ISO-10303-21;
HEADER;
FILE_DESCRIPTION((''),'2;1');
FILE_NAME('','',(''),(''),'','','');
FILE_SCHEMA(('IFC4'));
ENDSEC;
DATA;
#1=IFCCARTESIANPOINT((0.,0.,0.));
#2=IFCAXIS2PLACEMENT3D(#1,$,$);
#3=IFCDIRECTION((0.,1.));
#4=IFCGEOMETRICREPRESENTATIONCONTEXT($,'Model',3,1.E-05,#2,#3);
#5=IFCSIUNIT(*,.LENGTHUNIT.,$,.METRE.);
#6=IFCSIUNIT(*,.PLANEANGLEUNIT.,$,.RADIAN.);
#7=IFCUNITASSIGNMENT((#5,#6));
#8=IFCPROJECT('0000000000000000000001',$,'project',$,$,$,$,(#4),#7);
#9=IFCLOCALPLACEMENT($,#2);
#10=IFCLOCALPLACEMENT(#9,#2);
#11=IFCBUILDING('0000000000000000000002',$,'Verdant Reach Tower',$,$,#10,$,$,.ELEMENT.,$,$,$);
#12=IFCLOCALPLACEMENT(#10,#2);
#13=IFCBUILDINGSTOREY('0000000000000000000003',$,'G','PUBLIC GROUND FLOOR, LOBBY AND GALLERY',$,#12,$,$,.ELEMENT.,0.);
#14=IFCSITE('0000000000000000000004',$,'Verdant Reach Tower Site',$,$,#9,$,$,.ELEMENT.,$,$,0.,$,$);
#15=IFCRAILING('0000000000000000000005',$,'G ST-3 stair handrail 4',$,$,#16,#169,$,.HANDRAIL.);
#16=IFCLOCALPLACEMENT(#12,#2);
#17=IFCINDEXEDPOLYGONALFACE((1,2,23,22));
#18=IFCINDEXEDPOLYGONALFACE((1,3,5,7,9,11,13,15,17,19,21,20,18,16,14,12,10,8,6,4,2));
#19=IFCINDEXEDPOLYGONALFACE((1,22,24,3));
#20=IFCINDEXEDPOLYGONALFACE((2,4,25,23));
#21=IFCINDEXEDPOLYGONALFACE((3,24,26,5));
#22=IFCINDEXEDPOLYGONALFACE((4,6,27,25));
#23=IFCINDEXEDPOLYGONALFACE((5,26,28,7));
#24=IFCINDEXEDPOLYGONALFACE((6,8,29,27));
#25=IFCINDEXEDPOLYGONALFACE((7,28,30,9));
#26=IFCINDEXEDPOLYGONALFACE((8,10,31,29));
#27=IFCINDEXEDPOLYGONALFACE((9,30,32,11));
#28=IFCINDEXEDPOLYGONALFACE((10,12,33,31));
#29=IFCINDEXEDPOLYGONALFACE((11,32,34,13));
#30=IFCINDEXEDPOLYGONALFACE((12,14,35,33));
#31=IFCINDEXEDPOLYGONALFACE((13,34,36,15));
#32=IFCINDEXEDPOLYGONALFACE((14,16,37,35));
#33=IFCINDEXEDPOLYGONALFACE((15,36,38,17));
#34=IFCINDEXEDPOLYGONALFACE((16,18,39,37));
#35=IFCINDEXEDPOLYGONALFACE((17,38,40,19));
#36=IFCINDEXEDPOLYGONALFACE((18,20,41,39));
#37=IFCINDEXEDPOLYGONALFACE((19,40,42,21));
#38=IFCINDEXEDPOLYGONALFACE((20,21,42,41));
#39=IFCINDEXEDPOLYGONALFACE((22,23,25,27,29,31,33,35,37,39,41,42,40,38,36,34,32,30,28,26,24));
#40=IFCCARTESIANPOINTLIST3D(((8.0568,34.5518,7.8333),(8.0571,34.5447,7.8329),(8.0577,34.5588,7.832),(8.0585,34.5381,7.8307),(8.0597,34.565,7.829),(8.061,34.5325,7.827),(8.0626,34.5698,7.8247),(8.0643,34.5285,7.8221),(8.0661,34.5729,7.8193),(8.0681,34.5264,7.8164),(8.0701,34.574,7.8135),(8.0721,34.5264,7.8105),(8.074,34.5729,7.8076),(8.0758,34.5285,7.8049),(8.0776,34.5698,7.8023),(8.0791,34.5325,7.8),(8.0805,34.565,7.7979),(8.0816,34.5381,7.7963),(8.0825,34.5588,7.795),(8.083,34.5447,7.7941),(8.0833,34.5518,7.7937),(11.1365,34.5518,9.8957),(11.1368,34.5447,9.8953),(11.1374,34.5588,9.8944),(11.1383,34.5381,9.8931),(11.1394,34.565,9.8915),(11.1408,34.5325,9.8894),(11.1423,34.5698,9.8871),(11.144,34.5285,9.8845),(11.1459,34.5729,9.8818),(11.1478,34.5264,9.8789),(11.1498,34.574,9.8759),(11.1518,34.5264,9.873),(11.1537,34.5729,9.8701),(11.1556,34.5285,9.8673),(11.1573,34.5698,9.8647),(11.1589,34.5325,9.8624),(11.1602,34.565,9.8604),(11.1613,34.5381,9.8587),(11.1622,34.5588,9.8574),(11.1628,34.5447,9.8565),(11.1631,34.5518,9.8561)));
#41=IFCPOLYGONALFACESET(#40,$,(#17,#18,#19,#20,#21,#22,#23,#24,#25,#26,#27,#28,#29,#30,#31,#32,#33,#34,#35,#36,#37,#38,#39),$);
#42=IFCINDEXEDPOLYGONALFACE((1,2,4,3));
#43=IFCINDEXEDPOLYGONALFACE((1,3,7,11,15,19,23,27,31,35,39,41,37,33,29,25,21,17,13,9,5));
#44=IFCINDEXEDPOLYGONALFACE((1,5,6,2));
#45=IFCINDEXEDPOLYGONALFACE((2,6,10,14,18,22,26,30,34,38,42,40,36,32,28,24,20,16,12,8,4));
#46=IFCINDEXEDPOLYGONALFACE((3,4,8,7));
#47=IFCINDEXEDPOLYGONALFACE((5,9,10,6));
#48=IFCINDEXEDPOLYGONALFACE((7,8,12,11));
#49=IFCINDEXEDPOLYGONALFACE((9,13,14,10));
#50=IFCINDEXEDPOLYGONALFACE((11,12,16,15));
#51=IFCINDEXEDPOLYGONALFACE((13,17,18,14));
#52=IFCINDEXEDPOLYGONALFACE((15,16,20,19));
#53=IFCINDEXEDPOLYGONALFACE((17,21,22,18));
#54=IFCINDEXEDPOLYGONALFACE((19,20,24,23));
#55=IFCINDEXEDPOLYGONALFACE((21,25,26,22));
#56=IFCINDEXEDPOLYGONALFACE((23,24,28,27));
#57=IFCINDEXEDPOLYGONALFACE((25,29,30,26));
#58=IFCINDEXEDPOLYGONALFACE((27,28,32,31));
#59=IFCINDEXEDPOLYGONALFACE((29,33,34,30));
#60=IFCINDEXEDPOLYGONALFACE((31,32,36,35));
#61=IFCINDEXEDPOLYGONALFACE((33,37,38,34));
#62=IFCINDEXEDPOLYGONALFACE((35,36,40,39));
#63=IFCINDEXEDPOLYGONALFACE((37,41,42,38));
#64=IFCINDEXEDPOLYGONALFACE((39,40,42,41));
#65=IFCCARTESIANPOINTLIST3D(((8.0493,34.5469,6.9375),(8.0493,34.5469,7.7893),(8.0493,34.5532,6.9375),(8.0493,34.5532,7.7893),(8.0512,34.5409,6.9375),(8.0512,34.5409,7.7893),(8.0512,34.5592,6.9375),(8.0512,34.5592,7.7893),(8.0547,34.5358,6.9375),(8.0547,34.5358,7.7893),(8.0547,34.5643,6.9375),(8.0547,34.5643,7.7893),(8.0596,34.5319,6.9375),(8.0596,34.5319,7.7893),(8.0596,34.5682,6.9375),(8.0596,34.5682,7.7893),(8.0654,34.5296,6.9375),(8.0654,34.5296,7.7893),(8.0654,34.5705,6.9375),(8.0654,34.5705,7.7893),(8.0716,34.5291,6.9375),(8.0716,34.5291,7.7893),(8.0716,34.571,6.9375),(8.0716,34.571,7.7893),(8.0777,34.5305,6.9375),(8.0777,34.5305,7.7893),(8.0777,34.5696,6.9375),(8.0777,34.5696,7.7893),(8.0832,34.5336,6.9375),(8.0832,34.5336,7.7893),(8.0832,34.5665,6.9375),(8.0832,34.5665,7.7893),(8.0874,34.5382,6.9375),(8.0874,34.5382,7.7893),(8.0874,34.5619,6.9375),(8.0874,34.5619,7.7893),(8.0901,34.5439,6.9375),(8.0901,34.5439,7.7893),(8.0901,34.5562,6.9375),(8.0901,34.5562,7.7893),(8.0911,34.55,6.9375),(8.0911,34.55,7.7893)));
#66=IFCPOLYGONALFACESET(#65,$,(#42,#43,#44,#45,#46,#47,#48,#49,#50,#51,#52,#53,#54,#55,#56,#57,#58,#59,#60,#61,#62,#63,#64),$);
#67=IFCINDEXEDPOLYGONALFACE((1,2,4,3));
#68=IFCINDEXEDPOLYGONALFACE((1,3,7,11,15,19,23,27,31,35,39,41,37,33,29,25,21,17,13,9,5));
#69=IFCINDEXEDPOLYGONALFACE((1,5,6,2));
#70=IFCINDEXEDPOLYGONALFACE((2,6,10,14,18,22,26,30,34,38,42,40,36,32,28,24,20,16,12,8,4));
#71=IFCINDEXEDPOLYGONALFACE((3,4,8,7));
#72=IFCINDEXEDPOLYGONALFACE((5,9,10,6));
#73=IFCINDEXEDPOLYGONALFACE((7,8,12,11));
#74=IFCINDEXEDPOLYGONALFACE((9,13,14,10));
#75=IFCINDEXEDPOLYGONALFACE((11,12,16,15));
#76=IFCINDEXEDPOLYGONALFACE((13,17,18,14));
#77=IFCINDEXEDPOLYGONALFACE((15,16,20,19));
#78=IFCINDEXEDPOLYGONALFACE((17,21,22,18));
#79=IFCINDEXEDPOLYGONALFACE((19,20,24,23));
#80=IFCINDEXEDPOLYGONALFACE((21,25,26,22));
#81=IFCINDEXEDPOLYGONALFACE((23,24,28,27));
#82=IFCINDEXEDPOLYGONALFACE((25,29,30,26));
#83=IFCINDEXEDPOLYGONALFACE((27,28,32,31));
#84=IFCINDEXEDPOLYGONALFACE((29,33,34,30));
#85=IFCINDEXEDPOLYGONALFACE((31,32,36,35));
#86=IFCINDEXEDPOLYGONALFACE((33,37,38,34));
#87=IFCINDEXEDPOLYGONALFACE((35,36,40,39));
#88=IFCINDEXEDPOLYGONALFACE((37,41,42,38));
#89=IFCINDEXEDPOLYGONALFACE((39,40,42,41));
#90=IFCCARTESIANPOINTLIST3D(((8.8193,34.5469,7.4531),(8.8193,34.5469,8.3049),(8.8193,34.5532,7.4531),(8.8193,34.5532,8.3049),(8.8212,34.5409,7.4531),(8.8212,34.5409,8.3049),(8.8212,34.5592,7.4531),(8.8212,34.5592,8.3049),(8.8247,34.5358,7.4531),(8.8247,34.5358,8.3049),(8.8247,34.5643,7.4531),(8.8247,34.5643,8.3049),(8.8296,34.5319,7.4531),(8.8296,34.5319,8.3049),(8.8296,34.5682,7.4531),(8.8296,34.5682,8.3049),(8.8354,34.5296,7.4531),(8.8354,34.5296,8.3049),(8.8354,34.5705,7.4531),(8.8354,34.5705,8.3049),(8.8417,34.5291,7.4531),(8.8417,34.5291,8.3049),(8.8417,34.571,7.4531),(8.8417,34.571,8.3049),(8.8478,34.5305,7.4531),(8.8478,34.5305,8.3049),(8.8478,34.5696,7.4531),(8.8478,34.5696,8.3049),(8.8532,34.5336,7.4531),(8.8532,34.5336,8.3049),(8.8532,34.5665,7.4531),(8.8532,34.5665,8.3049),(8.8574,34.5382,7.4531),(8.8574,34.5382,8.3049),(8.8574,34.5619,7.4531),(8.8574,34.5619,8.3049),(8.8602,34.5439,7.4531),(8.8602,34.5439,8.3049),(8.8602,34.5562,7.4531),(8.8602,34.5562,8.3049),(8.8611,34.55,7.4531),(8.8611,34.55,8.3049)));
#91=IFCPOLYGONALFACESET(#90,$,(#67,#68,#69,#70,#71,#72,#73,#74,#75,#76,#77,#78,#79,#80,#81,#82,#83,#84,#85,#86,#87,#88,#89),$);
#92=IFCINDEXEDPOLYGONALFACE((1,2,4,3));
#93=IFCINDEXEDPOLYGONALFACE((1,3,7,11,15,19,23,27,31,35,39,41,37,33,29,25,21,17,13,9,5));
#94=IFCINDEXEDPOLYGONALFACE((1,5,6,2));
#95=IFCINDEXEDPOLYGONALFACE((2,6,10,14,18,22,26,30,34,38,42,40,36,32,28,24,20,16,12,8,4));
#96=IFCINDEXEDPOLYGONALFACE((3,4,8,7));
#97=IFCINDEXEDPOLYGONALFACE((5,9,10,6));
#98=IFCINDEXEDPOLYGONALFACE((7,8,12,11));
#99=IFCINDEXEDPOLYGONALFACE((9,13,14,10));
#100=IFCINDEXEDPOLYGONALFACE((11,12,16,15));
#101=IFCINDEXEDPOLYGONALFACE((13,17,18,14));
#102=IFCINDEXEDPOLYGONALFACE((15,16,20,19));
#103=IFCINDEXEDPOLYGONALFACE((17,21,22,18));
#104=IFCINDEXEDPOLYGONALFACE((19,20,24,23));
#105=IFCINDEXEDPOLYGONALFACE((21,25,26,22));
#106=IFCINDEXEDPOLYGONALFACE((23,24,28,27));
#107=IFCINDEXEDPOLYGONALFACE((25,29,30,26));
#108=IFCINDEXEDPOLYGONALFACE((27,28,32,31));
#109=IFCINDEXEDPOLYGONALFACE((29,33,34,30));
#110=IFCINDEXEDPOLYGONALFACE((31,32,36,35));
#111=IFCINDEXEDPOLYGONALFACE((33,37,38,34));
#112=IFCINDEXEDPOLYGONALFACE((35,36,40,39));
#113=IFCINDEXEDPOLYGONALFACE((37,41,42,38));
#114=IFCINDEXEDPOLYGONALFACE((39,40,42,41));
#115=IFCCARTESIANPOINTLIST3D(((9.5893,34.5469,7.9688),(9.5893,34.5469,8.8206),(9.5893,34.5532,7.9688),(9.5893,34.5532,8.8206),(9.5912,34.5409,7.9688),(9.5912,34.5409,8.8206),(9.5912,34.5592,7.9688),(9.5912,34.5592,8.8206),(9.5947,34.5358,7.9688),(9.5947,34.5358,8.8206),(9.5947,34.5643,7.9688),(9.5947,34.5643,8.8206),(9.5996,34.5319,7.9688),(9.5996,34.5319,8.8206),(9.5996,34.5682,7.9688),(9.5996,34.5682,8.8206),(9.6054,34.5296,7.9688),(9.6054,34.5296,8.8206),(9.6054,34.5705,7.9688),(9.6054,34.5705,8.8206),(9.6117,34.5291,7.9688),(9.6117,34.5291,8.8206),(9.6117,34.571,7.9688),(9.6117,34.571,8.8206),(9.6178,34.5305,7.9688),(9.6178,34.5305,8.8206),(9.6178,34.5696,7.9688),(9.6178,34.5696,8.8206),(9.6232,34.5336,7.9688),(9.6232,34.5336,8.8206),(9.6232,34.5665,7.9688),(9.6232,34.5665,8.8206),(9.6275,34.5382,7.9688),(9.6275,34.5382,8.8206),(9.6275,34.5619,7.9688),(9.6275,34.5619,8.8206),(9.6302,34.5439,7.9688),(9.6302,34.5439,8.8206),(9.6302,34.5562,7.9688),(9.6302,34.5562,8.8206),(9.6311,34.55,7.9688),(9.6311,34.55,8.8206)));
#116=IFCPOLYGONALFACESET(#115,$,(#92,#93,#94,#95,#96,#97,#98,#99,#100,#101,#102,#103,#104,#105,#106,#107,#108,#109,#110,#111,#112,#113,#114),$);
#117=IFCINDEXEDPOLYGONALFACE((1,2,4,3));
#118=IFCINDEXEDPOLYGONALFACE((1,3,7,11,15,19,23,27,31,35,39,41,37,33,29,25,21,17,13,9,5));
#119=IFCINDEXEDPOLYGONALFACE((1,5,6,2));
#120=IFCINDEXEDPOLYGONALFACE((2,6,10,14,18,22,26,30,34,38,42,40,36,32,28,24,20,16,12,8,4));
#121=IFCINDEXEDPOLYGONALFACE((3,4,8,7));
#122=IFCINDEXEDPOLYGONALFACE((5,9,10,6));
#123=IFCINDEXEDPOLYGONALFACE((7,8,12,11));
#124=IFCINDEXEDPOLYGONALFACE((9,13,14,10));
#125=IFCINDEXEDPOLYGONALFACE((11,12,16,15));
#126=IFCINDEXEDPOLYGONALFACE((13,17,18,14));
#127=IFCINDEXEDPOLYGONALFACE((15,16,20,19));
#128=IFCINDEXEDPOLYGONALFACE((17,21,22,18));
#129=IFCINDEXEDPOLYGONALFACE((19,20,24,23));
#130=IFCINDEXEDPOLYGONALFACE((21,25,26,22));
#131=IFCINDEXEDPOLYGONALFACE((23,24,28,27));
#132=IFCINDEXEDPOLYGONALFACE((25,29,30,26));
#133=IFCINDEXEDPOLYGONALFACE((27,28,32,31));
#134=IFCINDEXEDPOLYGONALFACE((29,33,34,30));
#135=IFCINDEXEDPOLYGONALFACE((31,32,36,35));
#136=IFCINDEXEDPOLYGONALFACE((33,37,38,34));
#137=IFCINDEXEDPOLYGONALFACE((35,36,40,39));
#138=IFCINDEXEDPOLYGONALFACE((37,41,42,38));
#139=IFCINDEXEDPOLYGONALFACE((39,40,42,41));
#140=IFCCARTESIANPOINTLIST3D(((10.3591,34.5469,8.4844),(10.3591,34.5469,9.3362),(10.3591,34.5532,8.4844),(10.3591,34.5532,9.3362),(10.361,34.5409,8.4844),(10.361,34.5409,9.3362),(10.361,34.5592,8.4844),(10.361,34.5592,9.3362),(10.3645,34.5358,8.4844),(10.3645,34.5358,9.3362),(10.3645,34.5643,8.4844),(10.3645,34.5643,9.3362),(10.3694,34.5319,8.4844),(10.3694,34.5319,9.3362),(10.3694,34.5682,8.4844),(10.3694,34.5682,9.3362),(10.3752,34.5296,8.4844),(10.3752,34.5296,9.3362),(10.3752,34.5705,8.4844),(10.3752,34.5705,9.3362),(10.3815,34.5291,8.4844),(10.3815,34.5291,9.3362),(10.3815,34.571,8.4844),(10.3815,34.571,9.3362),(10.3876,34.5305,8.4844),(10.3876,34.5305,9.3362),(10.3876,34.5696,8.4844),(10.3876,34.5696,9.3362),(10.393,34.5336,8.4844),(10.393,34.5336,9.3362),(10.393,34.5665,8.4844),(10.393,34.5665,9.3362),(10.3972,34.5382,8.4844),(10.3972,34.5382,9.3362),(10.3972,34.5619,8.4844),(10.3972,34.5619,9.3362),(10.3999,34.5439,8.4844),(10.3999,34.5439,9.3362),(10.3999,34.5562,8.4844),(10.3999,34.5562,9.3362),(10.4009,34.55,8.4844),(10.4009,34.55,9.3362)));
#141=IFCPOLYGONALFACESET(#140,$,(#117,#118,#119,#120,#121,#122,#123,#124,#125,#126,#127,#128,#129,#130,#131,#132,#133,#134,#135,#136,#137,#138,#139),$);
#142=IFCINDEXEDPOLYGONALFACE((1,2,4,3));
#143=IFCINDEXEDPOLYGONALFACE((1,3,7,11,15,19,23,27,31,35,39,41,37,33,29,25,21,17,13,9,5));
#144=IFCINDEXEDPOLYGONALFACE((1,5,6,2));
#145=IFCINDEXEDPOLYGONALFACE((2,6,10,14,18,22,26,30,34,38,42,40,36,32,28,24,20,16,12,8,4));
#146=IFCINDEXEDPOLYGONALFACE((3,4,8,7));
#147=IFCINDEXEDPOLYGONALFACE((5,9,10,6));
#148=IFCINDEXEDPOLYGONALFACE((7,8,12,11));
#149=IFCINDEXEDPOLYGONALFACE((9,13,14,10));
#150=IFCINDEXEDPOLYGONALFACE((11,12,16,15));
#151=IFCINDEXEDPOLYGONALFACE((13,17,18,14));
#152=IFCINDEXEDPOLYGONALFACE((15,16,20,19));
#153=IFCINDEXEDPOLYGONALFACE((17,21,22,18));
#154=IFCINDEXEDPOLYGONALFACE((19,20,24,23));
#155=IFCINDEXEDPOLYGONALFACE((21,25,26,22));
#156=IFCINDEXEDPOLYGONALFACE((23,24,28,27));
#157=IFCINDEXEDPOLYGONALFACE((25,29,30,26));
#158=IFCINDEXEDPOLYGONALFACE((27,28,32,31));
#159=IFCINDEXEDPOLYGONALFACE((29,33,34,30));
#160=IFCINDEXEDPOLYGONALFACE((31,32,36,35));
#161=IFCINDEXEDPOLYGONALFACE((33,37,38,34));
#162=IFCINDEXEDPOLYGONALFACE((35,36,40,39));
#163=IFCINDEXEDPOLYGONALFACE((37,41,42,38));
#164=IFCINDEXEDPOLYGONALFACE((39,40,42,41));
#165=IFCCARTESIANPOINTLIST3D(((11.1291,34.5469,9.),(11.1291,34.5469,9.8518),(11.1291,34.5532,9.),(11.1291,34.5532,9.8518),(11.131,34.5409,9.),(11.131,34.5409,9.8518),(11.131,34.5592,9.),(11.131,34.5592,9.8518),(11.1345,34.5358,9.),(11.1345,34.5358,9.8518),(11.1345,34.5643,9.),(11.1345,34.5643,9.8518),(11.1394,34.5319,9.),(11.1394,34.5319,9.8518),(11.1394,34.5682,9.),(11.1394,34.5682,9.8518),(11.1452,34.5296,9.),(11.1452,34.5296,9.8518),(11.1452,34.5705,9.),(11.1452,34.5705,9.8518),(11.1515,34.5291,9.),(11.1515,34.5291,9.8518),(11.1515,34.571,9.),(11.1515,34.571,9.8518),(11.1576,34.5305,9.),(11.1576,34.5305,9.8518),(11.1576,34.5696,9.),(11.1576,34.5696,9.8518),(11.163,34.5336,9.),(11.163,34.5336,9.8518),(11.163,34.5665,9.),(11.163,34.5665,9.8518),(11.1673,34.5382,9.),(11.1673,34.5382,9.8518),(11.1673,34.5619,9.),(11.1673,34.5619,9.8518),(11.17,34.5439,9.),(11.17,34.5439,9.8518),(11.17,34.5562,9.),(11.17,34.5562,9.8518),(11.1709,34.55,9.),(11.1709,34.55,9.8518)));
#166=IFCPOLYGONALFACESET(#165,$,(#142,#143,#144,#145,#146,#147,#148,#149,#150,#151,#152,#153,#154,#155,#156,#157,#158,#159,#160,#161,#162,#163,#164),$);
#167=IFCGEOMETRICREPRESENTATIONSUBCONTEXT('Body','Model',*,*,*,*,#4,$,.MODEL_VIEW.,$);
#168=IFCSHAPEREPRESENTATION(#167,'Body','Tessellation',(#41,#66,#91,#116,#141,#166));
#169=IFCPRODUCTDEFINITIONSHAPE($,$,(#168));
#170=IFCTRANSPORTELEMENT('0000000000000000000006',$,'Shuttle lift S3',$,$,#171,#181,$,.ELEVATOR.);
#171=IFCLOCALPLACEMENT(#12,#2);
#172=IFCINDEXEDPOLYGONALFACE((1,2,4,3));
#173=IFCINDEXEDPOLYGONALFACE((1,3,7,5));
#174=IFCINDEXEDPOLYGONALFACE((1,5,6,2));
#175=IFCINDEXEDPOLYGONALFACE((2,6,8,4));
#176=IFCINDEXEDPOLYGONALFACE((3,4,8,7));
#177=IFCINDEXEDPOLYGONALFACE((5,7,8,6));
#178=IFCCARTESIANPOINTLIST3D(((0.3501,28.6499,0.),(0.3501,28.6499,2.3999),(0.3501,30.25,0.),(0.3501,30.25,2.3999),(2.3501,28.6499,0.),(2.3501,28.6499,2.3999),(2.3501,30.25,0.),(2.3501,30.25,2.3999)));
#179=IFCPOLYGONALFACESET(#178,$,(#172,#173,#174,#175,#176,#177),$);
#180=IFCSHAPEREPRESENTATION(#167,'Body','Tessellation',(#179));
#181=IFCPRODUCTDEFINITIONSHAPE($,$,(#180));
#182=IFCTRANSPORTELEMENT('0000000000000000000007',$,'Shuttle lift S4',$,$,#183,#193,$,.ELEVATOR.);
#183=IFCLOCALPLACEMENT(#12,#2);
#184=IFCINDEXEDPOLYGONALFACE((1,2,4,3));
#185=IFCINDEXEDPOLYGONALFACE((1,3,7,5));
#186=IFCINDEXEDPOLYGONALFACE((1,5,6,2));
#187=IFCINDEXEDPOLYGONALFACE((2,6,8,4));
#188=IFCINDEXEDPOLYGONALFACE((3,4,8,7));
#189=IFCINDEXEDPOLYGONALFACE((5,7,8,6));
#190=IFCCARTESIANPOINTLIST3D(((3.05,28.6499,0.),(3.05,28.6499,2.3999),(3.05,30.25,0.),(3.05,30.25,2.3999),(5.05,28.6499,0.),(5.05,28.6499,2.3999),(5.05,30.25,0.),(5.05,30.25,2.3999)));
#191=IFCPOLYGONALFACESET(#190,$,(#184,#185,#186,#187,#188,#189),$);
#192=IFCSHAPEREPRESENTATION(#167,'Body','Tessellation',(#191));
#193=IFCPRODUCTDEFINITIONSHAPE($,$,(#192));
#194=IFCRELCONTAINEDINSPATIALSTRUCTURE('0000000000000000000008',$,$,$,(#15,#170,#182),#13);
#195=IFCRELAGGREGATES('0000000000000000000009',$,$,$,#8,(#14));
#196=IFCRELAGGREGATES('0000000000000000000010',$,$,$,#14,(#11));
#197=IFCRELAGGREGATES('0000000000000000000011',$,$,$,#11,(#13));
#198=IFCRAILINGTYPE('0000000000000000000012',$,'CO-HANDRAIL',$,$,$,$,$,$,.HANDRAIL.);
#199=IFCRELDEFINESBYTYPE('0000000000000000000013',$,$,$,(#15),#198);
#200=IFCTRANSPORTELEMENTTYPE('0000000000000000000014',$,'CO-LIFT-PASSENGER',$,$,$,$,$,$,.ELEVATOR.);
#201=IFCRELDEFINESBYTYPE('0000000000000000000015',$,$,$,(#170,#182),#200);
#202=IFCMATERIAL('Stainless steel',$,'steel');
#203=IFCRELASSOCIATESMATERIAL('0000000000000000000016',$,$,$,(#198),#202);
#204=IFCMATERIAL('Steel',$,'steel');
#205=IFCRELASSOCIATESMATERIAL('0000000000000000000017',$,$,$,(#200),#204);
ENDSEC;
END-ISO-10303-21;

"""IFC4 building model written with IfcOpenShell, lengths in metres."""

from ifc_helpers import new_model, si_unit, direction, frame, origin, origin_2d, place, context, subcontext, project, spatial, rectangle, circle, extrude, material, type_object, element, save


model = new_model("IFC4")

# Units and contexts
model_context = context("Model", 3, precision=1e-05, world=origin(), true_north=direction((0.0, 1.0)))
body_context = subcontext(model_context, "Body", "Model", "MODEL_VIEW")
ifc_project = project(units=[si_unit("LENGTHUNIT", "METRE"), si_unit("PLANEANGLEUNIT", "RADIAN")], contexts=[model_context])

# Site, building, storey
site_placement = place(None, origin())
site = spatial("IfcSite", under=ifc_project, at=site_placement, Name="Verdant Reach Tower Site", CompositionType="ELEMENT", RefElevation=0.0)
building_placement = place(site_placement, origin())
building = spatial("IfcBuilding", under=site, at=building_placement, Name="Verdant Reach Tower", CompositionType="ELEMENT")
storey_placement = place(building_placement, origin())
storey = spatial("IfcBuildingStorey", under=building, at=storey_placement, Name="G", Description="PUBLIC GROUND FLOOR, LOBBY AND GALLERY", CompositionType="ELEMENT", Elevation=0.0)

# Shared definitions
ifc_material_1 = material(Name="Steel", Category="steel")

# Railing
ifc_material_2 = material(Name="Stainless steel", Category="steel")
railing_type_1 = type_object("IfcRailingType", Name="CO-HANDRAIL", PredefinedType="HANDRAIL", material=ifc_material_2)
for number, where, name in (
    (1, (8.0701, 34.55, 6.9375), "G ST-3 stair handrail 4"),
):
    element("IfcRailing", number, at=place(storey_placement, frame(where)), inside=storey, type_object=railing_type_1, Name=name, PredefinedType="HANDRAIL", context=body_context, shape_type="SweptSolid", body=[
        extrude(circle(Radius=0.0239, at=origin_2d()), frame((0.0, 0.0, 0.876), z_axis=(0.830893, 0.0, 0.556432), x_axis=(0.0, 1.0, 0.0)), (0.0, 0.0, 1.0), 3.7065),
        extrude(circle(Radius=0.021, at=origin_2d()), origin(), (0.0, 0.0, 1.0), 0.8518),
        extrude(circle(Radius=0.021, at=origin_2d()), frame((0.77, 0.0, 0.5156)), (0.0, 0.0, 1.0), 0.8518),
        extrude(circle(Radius=0.021, at=origin_2d()), frame((1.54, 0.0, 1.0312)), (0.0, 0.0, 1.0), 0.8518),
        extrude(circle(Radius=0.021, at=origin_2d()), frame((2.3098, 0.0, 1.5469)), (0.0, 0.0, 1.0), 0.8518),
        extrude(circle(Radius=0.021, at=origin_2d()), frame((3.0798, 0.0, 2.0625)), (0.0, 0.0, 1.0), 0.8518),
    ])

# Transport elements
transport_element_type = type_object("IfcTransportElementType", Name="CO-LIFT-PASSENGER", PredefinedType="ELEVATOR", material=ifc_material_1)
for number, where, z_axis, x_axis, name in (
    (2, (1.3501, 29.45, 0.0), (0.0, 0.0, 1.0), (1.0, 0.0, 0.0), "Shuttle lift S3"),
    (3, (4.05, 29.45, 0.0), (0.0, 0.0, 1.0), (1.0, 0.0, 0.0), "Shuttle lift S4"),
):
    element("IfcTransportElement", number, at=place(storey_placement, frame(where, z_axis=z_axis, x_axis=x_axis)), inside=storey, type_object=transport_element_type, Name=name, PredefinedType="ELEVATOR", context=body_context, shape_type="SweptSolid", body=[
        extrude(rectangle(XDim=2.0, YDim=1.6001, at=origin_2d()), origin(), (0.0, 0.0, 1.0), 2.3999),
    ])

save(model, "model.ifc")
